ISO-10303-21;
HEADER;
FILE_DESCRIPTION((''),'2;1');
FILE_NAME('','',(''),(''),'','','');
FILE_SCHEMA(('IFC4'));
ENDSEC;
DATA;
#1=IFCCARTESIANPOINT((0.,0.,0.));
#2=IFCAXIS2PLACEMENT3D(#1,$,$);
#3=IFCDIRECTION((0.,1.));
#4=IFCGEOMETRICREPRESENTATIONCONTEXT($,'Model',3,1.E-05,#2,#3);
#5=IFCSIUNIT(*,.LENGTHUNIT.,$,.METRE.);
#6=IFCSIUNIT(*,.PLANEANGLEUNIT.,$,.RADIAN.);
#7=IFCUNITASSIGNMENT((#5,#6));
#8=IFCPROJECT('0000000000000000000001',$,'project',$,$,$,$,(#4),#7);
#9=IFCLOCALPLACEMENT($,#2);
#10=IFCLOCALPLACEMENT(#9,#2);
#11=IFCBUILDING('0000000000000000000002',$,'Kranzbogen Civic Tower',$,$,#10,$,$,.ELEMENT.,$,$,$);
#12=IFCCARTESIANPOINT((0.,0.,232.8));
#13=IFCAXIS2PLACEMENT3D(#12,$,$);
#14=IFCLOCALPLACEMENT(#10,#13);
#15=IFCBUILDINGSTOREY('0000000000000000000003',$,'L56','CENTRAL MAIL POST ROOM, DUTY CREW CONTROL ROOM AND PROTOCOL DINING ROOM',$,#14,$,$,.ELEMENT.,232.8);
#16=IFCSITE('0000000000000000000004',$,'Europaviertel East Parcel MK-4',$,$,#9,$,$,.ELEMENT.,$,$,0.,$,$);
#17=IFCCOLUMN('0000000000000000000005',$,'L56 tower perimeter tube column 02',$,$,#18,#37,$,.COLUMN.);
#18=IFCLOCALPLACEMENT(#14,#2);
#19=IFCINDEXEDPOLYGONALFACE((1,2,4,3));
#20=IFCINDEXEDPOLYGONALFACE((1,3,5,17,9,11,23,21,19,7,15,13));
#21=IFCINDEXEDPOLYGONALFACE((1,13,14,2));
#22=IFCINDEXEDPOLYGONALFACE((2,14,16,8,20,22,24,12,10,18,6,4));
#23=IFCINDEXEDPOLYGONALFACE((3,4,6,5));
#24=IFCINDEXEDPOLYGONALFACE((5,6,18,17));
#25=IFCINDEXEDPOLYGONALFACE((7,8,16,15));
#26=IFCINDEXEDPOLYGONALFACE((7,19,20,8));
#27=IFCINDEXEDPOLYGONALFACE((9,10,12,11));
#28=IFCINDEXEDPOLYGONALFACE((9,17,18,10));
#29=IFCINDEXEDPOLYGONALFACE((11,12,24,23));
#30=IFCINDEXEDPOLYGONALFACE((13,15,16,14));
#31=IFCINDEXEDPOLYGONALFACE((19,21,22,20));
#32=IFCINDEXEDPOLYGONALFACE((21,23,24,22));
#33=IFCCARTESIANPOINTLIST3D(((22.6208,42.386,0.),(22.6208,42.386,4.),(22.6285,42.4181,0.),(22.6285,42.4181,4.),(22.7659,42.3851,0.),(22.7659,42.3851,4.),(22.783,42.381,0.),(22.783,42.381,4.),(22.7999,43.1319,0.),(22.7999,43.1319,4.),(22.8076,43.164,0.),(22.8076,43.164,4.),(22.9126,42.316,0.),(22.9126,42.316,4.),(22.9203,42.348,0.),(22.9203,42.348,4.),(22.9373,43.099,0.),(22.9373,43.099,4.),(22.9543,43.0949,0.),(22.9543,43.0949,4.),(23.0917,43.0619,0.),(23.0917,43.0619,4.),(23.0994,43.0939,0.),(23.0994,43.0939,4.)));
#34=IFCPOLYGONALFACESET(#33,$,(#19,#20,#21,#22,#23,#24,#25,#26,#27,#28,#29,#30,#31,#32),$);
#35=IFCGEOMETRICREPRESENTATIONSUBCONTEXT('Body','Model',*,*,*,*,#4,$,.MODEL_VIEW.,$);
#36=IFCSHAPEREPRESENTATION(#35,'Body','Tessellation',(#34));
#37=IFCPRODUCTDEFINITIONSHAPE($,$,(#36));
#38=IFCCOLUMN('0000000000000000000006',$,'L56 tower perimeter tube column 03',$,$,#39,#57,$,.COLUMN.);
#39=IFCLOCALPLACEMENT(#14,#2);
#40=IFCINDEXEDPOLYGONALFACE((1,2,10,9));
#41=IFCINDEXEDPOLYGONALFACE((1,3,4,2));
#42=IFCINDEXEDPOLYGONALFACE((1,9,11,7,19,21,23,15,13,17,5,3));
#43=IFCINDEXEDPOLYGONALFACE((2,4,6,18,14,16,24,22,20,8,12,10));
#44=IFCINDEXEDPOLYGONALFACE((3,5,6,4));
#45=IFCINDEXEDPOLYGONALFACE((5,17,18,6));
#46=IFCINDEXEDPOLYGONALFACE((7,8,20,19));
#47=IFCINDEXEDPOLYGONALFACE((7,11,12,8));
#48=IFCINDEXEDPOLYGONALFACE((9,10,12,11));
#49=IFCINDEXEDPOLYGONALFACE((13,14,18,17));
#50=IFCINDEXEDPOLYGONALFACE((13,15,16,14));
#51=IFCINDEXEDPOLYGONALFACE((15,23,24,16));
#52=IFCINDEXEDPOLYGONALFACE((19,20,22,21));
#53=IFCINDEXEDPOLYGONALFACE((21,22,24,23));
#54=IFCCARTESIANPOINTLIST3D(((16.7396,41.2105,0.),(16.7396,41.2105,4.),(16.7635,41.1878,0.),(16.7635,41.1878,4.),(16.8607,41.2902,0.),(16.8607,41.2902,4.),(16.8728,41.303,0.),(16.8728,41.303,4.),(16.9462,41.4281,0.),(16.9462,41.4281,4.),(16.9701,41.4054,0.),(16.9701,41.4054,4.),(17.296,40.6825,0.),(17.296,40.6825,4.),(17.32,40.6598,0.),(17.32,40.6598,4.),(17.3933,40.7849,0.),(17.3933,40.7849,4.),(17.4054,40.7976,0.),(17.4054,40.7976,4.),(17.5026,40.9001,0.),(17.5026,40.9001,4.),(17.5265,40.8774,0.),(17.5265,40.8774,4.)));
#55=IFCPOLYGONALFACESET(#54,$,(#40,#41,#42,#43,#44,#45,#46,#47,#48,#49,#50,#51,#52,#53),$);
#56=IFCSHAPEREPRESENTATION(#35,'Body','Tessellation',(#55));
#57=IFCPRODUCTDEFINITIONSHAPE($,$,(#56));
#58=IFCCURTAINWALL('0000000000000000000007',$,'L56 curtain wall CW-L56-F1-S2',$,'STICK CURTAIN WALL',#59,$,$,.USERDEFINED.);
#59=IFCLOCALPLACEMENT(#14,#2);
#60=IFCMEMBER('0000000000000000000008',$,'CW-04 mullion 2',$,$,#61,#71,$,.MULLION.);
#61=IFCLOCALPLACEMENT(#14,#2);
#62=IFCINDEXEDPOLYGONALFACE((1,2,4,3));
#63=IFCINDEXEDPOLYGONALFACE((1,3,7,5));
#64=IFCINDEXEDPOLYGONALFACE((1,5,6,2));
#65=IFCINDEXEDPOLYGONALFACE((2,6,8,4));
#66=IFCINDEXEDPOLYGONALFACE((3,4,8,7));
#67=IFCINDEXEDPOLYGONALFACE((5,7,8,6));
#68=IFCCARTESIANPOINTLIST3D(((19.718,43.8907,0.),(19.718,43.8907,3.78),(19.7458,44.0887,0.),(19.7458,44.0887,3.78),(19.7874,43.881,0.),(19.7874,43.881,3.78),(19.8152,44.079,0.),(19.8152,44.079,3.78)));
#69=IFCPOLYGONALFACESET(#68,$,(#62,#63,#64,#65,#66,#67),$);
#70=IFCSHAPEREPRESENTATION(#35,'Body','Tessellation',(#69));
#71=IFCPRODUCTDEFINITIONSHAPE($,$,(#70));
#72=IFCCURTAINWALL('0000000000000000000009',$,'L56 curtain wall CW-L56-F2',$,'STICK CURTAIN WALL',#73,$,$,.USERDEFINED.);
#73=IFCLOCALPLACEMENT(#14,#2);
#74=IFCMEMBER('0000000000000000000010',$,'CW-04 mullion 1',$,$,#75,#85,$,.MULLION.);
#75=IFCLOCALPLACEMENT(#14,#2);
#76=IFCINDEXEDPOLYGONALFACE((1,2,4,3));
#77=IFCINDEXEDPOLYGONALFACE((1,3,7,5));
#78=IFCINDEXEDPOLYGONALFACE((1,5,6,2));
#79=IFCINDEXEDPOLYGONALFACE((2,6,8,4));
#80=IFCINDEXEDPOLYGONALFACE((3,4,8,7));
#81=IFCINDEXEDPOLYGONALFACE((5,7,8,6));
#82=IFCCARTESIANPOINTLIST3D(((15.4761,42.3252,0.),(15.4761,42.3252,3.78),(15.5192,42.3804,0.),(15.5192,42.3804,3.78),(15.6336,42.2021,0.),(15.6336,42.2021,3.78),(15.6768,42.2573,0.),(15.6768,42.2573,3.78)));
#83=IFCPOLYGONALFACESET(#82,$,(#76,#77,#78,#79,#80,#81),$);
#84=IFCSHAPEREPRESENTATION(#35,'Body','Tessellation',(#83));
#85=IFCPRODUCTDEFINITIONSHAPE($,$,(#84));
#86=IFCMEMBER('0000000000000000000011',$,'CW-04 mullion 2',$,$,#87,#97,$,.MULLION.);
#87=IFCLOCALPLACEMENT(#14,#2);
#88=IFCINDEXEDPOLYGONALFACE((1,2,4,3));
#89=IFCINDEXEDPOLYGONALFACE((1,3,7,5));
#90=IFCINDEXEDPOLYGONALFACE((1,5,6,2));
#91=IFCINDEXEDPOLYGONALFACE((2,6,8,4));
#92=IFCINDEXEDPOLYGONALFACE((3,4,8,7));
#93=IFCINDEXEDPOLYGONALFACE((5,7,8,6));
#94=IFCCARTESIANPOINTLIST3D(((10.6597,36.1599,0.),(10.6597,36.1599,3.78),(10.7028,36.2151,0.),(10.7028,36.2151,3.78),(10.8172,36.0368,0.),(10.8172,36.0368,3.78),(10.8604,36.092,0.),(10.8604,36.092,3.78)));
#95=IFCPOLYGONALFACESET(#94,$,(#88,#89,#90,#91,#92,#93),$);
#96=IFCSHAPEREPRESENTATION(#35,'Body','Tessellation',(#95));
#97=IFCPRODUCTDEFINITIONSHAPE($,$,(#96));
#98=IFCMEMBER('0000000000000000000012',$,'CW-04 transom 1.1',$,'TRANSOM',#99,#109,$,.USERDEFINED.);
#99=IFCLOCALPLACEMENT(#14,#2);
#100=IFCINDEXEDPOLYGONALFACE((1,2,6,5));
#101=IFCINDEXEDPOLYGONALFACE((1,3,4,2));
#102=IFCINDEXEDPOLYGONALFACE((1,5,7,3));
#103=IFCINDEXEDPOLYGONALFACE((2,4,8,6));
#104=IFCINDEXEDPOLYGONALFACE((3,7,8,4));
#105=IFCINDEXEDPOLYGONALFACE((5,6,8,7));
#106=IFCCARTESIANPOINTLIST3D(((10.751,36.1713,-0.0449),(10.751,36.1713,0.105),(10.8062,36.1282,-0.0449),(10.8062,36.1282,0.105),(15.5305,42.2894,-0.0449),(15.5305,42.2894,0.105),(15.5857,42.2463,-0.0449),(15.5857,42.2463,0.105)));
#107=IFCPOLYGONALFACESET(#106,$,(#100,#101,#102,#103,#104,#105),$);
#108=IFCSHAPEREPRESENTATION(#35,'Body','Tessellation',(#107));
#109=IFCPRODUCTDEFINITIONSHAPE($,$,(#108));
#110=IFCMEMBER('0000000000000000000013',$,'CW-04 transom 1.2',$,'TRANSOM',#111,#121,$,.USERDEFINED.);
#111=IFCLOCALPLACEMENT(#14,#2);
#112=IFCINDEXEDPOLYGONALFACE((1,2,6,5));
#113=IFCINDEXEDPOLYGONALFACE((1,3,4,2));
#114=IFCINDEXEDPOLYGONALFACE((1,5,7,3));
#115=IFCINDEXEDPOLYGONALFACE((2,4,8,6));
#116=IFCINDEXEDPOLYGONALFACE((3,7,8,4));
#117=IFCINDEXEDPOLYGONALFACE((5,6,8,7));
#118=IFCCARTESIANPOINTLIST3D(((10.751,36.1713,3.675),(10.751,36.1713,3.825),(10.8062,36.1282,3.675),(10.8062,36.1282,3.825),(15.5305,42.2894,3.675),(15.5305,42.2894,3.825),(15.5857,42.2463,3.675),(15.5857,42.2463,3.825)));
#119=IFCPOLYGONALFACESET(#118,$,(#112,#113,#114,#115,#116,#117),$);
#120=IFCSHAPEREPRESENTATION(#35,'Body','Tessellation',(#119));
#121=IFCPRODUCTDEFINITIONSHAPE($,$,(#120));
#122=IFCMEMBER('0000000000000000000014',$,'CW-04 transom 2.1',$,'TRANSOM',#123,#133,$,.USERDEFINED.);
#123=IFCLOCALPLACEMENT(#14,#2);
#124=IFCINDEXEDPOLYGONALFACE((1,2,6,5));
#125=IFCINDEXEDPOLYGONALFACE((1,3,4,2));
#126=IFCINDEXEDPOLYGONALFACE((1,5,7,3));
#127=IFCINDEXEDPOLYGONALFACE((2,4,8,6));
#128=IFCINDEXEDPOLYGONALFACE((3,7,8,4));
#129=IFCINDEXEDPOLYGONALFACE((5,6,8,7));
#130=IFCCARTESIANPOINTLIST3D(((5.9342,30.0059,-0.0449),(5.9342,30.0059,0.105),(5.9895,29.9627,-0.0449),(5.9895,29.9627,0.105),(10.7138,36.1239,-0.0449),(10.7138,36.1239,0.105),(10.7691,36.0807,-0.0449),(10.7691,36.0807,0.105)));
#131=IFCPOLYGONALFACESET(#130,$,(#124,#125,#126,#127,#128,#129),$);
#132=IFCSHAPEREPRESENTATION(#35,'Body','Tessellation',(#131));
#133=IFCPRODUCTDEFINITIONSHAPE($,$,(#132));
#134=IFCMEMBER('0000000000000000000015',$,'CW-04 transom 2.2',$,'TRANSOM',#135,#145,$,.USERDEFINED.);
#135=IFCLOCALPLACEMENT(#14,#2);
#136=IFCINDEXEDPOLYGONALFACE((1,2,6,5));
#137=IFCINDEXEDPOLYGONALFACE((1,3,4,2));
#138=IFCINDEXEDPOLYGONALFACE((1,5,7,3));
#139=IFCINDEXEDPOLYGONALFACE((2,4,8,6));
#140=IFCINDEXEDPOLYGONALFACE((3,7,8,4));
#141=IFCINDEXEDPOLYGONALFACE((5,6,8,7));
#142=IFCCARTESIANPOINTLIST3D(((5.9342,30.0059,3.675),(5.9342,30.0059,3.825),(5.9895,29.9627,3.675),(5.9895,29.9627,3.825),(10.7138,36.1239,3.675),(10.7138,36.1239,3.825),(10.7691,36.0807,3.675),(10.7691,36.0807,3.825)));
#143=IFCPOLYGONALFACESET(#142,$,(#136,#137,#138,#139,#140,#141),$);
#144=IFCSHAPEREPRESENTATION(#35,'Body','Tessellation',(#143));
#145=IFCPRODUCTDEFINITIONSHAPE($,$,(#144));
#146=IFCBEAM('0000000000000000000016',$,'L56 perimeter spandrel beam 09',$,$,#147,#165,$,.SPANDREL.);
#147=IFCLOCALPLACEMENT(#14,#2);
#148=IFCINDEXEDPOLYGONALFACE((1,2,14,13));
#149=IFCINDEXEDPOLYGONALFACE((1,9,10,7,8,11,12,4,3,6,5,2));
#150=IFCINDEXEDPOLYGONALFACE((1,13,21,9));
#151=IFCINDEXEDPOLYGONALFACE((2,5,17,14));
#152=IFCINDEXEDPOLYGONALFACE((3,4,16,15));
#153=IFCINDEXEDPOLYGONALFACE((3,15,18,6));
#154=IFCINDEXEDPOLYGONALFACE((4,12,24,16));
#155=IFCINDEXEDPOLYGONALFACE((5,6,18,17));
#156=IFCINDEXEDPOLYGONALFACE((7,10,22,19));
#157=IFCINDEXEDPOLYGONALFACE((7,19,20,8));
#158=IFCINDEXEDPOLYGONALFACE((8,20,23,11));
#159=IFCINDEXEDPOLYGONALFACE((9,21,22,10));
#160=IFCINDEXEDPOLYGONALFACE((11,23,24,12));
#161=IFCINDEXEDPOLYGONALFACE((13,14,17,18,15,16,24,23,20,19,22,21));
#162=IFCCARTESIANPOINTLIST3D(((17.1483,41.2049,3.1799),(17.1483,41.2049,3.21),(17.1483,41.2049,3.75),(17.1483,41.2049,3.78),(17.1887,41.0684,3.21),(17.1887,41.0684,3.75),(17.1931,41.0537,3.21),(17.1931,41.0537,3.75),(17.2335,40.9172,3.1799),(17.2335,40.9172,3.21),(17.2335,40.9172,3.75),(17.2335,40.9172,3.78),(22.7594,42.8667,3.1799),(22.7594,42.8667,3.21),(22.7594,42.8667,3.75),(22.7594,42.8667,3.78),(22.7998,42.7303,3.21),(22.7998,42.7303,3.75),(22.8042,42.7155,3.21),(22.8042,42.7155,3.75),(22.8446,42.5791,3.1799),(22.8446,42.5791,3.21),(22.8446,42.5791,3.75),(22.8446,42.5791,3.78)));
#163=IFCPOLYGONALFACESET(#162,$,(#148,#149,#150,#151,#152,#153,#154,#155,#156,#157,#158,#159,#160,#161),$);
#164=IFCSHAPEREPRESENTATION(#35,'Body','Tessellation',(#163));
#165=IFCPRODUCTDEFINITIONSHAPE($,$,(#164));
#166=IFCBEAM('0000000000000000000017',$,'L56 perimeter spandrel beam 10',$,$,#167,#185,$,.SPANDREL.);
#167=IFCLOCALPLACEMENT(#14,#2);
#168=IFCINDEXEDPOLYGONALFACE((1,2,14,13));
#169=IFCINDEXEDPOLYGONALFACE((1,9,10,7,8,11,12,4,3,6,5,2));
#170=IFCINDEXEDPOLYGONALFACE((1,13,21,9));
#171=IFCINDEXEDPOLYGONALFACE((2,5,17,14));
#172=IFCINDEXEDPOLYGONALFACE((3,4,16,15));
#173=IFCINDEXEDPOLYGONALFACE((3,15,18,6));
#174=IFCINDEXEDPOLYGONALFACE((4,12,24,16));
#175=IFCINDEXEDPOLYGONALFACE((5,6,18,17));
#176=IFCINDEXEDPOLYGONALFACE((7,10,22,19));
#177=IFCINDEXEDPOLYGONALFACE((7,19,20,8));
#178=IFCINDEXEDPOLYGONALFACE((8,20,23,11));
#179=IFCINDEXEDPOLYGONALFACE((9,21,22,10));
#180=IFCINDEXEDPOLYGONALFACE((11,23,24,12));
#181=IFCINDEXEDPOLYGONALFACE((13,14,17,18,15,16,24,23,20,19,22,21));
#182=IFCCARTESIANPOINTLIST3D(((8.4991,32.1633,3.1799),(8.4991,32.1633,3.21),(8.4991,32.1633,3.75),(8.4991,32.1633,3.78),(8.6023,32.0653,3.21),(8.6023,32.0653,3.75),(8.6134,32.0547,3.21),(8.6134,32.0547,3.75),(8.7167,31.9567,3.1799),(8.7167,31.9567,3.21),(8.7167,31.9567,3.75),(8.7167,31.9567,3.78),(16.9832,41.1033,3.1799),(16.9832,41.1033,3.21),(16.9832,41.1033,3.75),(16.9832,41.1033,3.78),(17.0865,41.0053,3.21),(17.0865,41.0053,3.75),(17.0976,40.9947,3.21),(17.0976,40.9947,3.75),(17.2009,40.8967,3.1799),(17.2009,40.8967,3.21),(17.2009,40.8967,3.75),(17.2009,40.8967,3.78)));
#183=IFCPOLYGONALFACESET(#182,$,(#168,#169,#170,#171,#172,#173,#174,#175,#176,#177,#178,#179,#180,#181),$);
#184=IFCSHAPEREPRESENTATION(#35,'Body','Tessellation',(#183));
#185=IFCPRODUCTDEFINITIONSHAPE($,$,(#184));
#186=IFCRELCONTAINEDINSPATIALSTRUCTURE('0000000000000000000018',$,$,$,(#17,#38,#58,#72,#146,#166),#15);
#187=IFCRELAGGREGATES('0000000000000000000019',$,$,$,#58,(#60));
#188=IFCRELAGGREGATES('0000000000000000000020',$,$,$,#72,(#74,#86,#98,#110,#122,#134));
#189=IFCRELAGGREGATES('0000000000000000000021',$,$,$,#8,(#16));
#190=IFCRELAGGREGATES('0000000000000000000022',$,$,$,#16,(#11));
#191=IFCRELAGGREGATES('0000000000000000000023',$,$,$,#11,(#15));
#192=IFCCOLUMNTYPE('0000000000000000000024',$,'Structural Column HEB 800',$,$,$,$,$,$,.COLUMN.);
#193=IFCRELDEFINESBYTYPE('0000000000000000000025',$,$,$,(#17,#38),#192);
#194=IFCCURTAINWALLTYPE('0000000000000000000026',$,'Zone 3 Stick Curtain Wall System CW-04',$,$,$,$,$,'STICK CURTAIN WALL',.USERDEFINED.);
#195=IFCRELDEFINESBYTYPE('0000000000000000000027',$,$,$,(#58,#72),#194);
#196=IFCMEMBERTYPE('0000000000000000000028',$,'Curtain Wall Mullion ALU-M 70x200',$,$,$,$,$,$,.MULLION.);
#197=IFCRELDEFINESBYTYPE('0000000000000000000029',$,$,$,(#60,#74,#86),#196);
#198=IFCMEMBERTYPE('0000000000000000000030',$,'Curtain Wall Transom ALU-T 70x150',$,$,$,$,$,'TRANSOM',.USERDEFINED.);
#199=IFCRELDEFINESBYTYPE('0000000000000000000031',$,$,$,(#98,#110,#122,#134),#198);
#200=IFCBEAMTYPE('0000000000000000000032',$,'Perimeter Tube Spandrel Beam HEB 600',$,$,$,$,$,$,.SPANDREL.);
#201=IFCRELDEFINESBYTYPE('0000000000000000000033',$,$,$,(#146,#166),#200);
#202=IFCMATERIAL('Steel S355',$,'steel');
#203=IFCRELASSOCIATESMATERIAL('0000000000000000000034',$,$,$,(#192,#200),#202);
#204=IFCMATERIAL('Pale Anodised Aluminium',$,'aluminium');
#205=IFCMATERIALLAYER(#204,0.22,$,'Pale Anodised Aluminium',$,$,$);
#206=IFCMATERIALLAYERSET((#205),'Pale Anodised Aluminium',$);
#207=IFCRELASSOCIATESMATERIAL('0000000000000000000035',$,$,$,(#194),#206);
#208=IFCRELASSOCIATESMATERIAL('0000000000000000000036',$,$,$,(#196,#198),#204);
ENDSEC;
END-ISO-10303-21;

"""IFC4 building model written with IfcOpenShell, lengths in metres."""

from ifc_helpers import new_model, si_unit, direction, frame, origin, origin_2d, place, context, subcontext, project, spatial, rectangle, i_section, extrude, material, layer, layer_set, material_profile, profile_set, type_object, element, aggregate, save


model = new_model("IFC4")

# Units and contexts
model_context = context("Model", 3, precision=1e-05, world=origin(), true_north=direction((0.0, 1.0)))
body_context = subcontext(model_context, "Body", "Model", "MODEL_VIEW")
ifc_project = project(units=[si_unit("LENGTHUNIT", "METRE"), si_unit("PLANEANGLEUNIT", "RADIAN")], contexts=[model_context])

# Site, building, storey
site_placement = place(None, origin())
site = spatial("IfcSite", under=ifc_project, at=site_placement, Name="Europaviertel East Parcel MK-4", CompositionType="ELEMENT", RefElevation=0.0)
building_placement = place(site_placement, origin())
building = spatial("IfcBuilding", under=site, at=building_placement, Name="Kranzbogen Civic Tower", CompositionType="ELEMENT")
storey_placement = place(building_placement, frame((0.0, 0.0, 232.8)))
storey = spatial("IfcBuildingStorey", under=building, at=storey_placement, Name="L56", Description="CENTRAL MAIL POST ROOM, DUTY CREW CONTROL ROOM AND PROTOCOL DINING ROOM", CompositionType="ELEMENT", Elevation=232.8)

# Columns
ifc_material_1 = material(Name="Steel S355", Category="steel")
ifc_material_profile_1 = material_profile(ifc_material_1, i_section(OverallWidth=0.3, OverallDepth=0.8, WebThickness=0.0176, FlangeThickness=0.033, at=origin_2d()), Name="HEB 800")
ifc_profile_set_1 = profile_set([ifc_material_profile_1], Name="Steel S355")
column_type = type_object("IfcColumnType", Name="Structural Column HEB 800", PredefinedType="COLUMN", material=ifc_profile_set_1)
for number, where, z_axis, x_axis, name in (
    (1, (22.8601, 42.74, 0.0), (0.0, 0.0, 1.0), (-0.97237, 0.233445, 0.0), "L56 tower perimeter tube column 02"),
    (2, (17.1331, 41.0439, 0.0), (0.0, 0.0, 1.0), (0.688355, 0.725374, 0.0), "L56 tower perimeter tube column 03"),
):
    element("IfcColumn", number, at=place(storey_placement, frame(where, z_axis=z_axis, x_axis=x_axis)), inside=storey, type_object=column_type, Name=name, PredefinedType="COLUMN", context=body_context, shape_type="SweptSolid", body=[
        extrude(i_section(OverallWidth=0.3, OverallDepth=0.8, WebThickness=0.0176, FlangeThickness=0.033, at=origin_2d()), origin(), (0.0, 0.0, 1.0), 4.0),
    ])

# Curtain wall, member
ifc_material_2 = material(Name="Pale Anodised Aluminium", Category="aluminium")
ifc_layer_1 = layer(ifc_material_2, 0.22, Name="Pale Anodised Aluminium")
ifc_layer_set_1 = layer_set([ifc_layer_1], Name="Pale Anodised Aluminium")
curtain_wall_type = type_object("IfcCurtainWallType", Name="Zone 3 Stick Curtain Wall System CW-04", ElementType="STICK CURTAIN WALL", PredefinedType="USERDEFINED", material=ifc_layer_set_1)
curtain_wall_1_placement = place(storey_placement, origin())
curtain_wall_1 = element("IfcCurtainWall", 3, at=curtain_wall_1_placement, inside=storey, type_object=curtain_wall_type, Name="L56 curtain wall CW-L56-F1-S2", ObjectType="STICK CURTAIN WALL", PredefinedType="USERDEFINED")
ifc_material_profile_2 = material_profile(ifc_material_2, rectangle(XDim=0.0701, YDim=0.2, at=origin_2d()), Name="ALU-M 70x200")
ifc_profile_set_2 = profile_set([ifc_material_profile_2], Name="Pale Anodised Aluminium")
member_type_1 = type_object("IfcMemberType", Name="Curtain Wall Mullion ALU-M 70x200", PredefinedType="MULLION", material=ifc_profile_set_2)
member_1_placement = place(storey_placement, frame((19.7666, 43.9849, 0.0), z_axis=(0.0, 0.0, 1.0), x_axis=(-0.990271, 0.139149, 0.0)))
member_1 = element("IfcMember", 4, at=member_1_placement, type_object=member_type_1, Name="CW-04 mullion 2", PredefinedType="MULLION", context=body_context, shape_type="SweptSolid", body=[
    extrude(rectangle(XDim=0.0701, YDim=0.2, at=origin_2d()), origin(), (0.0, 0.0, 1.0), 3.78),
])
aggregate(curtain_wall_1, [member_1])

# Curtain wall, members
curtain_wall_2_placement = place(storey_placement, origin())
curtain_wall_2 = element("IfcCurtainWall", 5, at=curtain_wall_2_placement, inside=storey, type_object=curtain_wall_type, Name="L56 curtain wall CW-L56-F2", ObjectType="STICK CURTAIN WALL", PredefinedType="USERDEFINED")
member_2_placement = place(storey_placement, frame((15.5764, 42.2913, 0.0), z_axis=(0.0, 0.0, 1.0), x_axis=(-0.615632, -0.788034, 0.0)))
member_2 = element("IfcMember", 6, at=member_2_placement, type_object=member_type_1, Name="CW-04 mullion 1", PredefinedType="MULLION", context=body_context, shape_type="SweptSolid", body=[
    extrude(rectangle(XDim=0.0701, YDim=0.2, at=origin_2d()), origin(), (0.0, 0.0, 1.0), 3.78),
])
member_3_placement = place(storey_placement, frame((10.76, 36.126, 0.0), z_axis=(0.0, 0.0, 1.0), x_axis=(-0.615632, -0.788034, 0.0)))
member_3 = element("IfcMember", 7, at=member_3_placement, type_object=member_type_1, Name="CW-04 mullion 2", PredefinedType="MULLION", context=body_context, shape_type="SweptSolid", body=[
    extrude(rectangle(XDim=0.0701, YDim=0.2, at=origin_2d()), origin(), (0.0, 0.0, 1.0), 3.78),
])
ifc_material_profile_3 = material_profile(ifc_material_2, rectangle(XDim=0.0701, YDim=0.1499, at=origin_2d()), Name="ALU-T 70x150")
ifc_profile_set_3 = profile_set([ifc_material_profile_3], Name="Pale Anodised Aluminium")
member_type_2 = type_object("IfcMemberType", Name="Curtain Wall Transom ALU-T 70x150", ElementType="TRANSOM", PredefinedType="USERDEFINED", material=ifc_profile_set_3)
member_4_placement = place(storey_placement, frame((15.5581, 42.2678, 0.03), z_axis=(-0.615622, -0.788042, 0.0), x_axis=(0.788042, -0.615622, 0.0)))
member_4 = element("IfcMember", 8, at=member_4_placement, type_object=member_type_2, Name="CW-04 transom 1.1", ObjectType="TRANSOM", PredefinedType="USERDEFINED", context=body_context, shape_type="SweptSolid", body=[
    extrude(rectangle(XDim=0.0701, YDim=0.1499, at=origin_2d()), origin(), (0.0, 0.0, 1.0), 7.7637),
])
member_5_placement = place(storey_placement, frame((15.5581, 42.2678, 3.75), z_axis=(-0.615622, -0.788042, 0.0), x_axis=(0.788042, -0.615622, 0.0)))
member_5 = element("IfcMember", 9, at=member_5_placement, type_object=member_type_2, Name="CW-04 transom 1.2", ObjectType="TRANSOM", PredefinedType="USERDEFINED", context=body_context, shape_type="SweptSolid", body=[
    extrude(rectangle(XDim=0.0701, YDim=0.1499, at=origin_2d()), origin(), (0.0, 0.0, 1.0), 7.7637),
])
member_6_placement = place(storey_placement, frame((10.7415, 36.1023, 0.03), z_axis=(-0.615637, -0.78803, 0.0), x_axis=(0.78803, -0.615637, 0.0)))
member_6 = element("IfcMember", 10, at=member_6_placement, type_object=member_type_2, Name="CW-04 transom 2.1", ObjectType="TRANSOM", PredefinedType="USERDEFINED", context=body_context, shape_type="SweptSolid", body=[
    extrude(rectangle(XDim=0.0701, YDim=0.1499, at=origin_2d()), origin(), (0.0, 0.0, 1.0), 7.7637),
])
member_7_placement = place(storey_placement, frame((10.7415, 36.1023, 3.75), z_axis=(-0.615637, -0.78803, 0.0), x_axis=(0.78803, -0.615637, 0.0)))
member_7 = element("IfcMember", 11, at=member_7_placement, type_object=member_type_2, Name="CW-04 transom 2.2", ObjectType="TRANSOM", PredefinedType="USERDEFINED", context=body_context, shape_type="SweptSolid", body=[
    extrude(rectangle(XDim=0.0701, YDim=0.1499, at=origin_2d()), origin(), (0.0, 0.0, 1.0), 7.7637),
])

# Beams
ifc_material_profile_4 = material_profile(ifc_material_1, i_section(OverallWidth=0.3, OverallDepth=0.6001, WebThickness=0.0154, FlangeThickness=0.03, at=origin_2d()), Name="HEB 600")
ifc_profile_set_4 = profile_set([ifc_material_profile_4], Name="Steel S355")
beam_type_1 = type_object("IfcBeamType", Name="Perimeter Tube Spandrel Beam HEB 600", PredefinedType="SPANDREL", material=ifc_profile_set_4)
beam_1_placement = place(storey_placement, frame((22.802, 42.7229, 3.48), z_axis=(-0.95883, -0.283982, 0.0), x_axis=(0.283982, -0.95883, 0.0)))
element("IfcBeam", 12, at=beam_1_placement, inside=storey, type_object=beam_type_1, Name="L56 perimeter spandrel beam 09", PredefinedType="SPANDREL", context=body_context, shape_type="SweptSolid", body=[
    extrude(i_section(OverallWidth=0.3, OverallDepth=0.6001, WebThickness=0.0154, FlangeThickness=0.03, at=origin_2d()), origin(), (0.0, 0.0, 1.0), 5.8521),
])
beam_2_placement = place(storey_placement, frame((17.092, 41.0, 3.48), z_axis=(-0.688373, -0.725356, 0.0), x_axis=(0.725356, -0.688373, 0.0)))
element("IfcBeam", 13, at=beam_2_placement, inside=storey, type_object=beam_type_1, Name="L56 perimeter spandrel beam 10", PredefinedType="SPANDREL", context=body_context, shape_type="SweptSolid", body=[
    extrude(i_section(OverallWidth=0.3, OverallDepth=0.6001, WebThickness=0.0154, FlangeThickness=0.03, at=origin_2d()), origin(), (0.0, 0.0, 1.0), 12.325),
])

aggregate(curtain_wall_2, [member_2, member_3, member_4, member_5, member_6, member_7])

save(model, "model.ifc")
